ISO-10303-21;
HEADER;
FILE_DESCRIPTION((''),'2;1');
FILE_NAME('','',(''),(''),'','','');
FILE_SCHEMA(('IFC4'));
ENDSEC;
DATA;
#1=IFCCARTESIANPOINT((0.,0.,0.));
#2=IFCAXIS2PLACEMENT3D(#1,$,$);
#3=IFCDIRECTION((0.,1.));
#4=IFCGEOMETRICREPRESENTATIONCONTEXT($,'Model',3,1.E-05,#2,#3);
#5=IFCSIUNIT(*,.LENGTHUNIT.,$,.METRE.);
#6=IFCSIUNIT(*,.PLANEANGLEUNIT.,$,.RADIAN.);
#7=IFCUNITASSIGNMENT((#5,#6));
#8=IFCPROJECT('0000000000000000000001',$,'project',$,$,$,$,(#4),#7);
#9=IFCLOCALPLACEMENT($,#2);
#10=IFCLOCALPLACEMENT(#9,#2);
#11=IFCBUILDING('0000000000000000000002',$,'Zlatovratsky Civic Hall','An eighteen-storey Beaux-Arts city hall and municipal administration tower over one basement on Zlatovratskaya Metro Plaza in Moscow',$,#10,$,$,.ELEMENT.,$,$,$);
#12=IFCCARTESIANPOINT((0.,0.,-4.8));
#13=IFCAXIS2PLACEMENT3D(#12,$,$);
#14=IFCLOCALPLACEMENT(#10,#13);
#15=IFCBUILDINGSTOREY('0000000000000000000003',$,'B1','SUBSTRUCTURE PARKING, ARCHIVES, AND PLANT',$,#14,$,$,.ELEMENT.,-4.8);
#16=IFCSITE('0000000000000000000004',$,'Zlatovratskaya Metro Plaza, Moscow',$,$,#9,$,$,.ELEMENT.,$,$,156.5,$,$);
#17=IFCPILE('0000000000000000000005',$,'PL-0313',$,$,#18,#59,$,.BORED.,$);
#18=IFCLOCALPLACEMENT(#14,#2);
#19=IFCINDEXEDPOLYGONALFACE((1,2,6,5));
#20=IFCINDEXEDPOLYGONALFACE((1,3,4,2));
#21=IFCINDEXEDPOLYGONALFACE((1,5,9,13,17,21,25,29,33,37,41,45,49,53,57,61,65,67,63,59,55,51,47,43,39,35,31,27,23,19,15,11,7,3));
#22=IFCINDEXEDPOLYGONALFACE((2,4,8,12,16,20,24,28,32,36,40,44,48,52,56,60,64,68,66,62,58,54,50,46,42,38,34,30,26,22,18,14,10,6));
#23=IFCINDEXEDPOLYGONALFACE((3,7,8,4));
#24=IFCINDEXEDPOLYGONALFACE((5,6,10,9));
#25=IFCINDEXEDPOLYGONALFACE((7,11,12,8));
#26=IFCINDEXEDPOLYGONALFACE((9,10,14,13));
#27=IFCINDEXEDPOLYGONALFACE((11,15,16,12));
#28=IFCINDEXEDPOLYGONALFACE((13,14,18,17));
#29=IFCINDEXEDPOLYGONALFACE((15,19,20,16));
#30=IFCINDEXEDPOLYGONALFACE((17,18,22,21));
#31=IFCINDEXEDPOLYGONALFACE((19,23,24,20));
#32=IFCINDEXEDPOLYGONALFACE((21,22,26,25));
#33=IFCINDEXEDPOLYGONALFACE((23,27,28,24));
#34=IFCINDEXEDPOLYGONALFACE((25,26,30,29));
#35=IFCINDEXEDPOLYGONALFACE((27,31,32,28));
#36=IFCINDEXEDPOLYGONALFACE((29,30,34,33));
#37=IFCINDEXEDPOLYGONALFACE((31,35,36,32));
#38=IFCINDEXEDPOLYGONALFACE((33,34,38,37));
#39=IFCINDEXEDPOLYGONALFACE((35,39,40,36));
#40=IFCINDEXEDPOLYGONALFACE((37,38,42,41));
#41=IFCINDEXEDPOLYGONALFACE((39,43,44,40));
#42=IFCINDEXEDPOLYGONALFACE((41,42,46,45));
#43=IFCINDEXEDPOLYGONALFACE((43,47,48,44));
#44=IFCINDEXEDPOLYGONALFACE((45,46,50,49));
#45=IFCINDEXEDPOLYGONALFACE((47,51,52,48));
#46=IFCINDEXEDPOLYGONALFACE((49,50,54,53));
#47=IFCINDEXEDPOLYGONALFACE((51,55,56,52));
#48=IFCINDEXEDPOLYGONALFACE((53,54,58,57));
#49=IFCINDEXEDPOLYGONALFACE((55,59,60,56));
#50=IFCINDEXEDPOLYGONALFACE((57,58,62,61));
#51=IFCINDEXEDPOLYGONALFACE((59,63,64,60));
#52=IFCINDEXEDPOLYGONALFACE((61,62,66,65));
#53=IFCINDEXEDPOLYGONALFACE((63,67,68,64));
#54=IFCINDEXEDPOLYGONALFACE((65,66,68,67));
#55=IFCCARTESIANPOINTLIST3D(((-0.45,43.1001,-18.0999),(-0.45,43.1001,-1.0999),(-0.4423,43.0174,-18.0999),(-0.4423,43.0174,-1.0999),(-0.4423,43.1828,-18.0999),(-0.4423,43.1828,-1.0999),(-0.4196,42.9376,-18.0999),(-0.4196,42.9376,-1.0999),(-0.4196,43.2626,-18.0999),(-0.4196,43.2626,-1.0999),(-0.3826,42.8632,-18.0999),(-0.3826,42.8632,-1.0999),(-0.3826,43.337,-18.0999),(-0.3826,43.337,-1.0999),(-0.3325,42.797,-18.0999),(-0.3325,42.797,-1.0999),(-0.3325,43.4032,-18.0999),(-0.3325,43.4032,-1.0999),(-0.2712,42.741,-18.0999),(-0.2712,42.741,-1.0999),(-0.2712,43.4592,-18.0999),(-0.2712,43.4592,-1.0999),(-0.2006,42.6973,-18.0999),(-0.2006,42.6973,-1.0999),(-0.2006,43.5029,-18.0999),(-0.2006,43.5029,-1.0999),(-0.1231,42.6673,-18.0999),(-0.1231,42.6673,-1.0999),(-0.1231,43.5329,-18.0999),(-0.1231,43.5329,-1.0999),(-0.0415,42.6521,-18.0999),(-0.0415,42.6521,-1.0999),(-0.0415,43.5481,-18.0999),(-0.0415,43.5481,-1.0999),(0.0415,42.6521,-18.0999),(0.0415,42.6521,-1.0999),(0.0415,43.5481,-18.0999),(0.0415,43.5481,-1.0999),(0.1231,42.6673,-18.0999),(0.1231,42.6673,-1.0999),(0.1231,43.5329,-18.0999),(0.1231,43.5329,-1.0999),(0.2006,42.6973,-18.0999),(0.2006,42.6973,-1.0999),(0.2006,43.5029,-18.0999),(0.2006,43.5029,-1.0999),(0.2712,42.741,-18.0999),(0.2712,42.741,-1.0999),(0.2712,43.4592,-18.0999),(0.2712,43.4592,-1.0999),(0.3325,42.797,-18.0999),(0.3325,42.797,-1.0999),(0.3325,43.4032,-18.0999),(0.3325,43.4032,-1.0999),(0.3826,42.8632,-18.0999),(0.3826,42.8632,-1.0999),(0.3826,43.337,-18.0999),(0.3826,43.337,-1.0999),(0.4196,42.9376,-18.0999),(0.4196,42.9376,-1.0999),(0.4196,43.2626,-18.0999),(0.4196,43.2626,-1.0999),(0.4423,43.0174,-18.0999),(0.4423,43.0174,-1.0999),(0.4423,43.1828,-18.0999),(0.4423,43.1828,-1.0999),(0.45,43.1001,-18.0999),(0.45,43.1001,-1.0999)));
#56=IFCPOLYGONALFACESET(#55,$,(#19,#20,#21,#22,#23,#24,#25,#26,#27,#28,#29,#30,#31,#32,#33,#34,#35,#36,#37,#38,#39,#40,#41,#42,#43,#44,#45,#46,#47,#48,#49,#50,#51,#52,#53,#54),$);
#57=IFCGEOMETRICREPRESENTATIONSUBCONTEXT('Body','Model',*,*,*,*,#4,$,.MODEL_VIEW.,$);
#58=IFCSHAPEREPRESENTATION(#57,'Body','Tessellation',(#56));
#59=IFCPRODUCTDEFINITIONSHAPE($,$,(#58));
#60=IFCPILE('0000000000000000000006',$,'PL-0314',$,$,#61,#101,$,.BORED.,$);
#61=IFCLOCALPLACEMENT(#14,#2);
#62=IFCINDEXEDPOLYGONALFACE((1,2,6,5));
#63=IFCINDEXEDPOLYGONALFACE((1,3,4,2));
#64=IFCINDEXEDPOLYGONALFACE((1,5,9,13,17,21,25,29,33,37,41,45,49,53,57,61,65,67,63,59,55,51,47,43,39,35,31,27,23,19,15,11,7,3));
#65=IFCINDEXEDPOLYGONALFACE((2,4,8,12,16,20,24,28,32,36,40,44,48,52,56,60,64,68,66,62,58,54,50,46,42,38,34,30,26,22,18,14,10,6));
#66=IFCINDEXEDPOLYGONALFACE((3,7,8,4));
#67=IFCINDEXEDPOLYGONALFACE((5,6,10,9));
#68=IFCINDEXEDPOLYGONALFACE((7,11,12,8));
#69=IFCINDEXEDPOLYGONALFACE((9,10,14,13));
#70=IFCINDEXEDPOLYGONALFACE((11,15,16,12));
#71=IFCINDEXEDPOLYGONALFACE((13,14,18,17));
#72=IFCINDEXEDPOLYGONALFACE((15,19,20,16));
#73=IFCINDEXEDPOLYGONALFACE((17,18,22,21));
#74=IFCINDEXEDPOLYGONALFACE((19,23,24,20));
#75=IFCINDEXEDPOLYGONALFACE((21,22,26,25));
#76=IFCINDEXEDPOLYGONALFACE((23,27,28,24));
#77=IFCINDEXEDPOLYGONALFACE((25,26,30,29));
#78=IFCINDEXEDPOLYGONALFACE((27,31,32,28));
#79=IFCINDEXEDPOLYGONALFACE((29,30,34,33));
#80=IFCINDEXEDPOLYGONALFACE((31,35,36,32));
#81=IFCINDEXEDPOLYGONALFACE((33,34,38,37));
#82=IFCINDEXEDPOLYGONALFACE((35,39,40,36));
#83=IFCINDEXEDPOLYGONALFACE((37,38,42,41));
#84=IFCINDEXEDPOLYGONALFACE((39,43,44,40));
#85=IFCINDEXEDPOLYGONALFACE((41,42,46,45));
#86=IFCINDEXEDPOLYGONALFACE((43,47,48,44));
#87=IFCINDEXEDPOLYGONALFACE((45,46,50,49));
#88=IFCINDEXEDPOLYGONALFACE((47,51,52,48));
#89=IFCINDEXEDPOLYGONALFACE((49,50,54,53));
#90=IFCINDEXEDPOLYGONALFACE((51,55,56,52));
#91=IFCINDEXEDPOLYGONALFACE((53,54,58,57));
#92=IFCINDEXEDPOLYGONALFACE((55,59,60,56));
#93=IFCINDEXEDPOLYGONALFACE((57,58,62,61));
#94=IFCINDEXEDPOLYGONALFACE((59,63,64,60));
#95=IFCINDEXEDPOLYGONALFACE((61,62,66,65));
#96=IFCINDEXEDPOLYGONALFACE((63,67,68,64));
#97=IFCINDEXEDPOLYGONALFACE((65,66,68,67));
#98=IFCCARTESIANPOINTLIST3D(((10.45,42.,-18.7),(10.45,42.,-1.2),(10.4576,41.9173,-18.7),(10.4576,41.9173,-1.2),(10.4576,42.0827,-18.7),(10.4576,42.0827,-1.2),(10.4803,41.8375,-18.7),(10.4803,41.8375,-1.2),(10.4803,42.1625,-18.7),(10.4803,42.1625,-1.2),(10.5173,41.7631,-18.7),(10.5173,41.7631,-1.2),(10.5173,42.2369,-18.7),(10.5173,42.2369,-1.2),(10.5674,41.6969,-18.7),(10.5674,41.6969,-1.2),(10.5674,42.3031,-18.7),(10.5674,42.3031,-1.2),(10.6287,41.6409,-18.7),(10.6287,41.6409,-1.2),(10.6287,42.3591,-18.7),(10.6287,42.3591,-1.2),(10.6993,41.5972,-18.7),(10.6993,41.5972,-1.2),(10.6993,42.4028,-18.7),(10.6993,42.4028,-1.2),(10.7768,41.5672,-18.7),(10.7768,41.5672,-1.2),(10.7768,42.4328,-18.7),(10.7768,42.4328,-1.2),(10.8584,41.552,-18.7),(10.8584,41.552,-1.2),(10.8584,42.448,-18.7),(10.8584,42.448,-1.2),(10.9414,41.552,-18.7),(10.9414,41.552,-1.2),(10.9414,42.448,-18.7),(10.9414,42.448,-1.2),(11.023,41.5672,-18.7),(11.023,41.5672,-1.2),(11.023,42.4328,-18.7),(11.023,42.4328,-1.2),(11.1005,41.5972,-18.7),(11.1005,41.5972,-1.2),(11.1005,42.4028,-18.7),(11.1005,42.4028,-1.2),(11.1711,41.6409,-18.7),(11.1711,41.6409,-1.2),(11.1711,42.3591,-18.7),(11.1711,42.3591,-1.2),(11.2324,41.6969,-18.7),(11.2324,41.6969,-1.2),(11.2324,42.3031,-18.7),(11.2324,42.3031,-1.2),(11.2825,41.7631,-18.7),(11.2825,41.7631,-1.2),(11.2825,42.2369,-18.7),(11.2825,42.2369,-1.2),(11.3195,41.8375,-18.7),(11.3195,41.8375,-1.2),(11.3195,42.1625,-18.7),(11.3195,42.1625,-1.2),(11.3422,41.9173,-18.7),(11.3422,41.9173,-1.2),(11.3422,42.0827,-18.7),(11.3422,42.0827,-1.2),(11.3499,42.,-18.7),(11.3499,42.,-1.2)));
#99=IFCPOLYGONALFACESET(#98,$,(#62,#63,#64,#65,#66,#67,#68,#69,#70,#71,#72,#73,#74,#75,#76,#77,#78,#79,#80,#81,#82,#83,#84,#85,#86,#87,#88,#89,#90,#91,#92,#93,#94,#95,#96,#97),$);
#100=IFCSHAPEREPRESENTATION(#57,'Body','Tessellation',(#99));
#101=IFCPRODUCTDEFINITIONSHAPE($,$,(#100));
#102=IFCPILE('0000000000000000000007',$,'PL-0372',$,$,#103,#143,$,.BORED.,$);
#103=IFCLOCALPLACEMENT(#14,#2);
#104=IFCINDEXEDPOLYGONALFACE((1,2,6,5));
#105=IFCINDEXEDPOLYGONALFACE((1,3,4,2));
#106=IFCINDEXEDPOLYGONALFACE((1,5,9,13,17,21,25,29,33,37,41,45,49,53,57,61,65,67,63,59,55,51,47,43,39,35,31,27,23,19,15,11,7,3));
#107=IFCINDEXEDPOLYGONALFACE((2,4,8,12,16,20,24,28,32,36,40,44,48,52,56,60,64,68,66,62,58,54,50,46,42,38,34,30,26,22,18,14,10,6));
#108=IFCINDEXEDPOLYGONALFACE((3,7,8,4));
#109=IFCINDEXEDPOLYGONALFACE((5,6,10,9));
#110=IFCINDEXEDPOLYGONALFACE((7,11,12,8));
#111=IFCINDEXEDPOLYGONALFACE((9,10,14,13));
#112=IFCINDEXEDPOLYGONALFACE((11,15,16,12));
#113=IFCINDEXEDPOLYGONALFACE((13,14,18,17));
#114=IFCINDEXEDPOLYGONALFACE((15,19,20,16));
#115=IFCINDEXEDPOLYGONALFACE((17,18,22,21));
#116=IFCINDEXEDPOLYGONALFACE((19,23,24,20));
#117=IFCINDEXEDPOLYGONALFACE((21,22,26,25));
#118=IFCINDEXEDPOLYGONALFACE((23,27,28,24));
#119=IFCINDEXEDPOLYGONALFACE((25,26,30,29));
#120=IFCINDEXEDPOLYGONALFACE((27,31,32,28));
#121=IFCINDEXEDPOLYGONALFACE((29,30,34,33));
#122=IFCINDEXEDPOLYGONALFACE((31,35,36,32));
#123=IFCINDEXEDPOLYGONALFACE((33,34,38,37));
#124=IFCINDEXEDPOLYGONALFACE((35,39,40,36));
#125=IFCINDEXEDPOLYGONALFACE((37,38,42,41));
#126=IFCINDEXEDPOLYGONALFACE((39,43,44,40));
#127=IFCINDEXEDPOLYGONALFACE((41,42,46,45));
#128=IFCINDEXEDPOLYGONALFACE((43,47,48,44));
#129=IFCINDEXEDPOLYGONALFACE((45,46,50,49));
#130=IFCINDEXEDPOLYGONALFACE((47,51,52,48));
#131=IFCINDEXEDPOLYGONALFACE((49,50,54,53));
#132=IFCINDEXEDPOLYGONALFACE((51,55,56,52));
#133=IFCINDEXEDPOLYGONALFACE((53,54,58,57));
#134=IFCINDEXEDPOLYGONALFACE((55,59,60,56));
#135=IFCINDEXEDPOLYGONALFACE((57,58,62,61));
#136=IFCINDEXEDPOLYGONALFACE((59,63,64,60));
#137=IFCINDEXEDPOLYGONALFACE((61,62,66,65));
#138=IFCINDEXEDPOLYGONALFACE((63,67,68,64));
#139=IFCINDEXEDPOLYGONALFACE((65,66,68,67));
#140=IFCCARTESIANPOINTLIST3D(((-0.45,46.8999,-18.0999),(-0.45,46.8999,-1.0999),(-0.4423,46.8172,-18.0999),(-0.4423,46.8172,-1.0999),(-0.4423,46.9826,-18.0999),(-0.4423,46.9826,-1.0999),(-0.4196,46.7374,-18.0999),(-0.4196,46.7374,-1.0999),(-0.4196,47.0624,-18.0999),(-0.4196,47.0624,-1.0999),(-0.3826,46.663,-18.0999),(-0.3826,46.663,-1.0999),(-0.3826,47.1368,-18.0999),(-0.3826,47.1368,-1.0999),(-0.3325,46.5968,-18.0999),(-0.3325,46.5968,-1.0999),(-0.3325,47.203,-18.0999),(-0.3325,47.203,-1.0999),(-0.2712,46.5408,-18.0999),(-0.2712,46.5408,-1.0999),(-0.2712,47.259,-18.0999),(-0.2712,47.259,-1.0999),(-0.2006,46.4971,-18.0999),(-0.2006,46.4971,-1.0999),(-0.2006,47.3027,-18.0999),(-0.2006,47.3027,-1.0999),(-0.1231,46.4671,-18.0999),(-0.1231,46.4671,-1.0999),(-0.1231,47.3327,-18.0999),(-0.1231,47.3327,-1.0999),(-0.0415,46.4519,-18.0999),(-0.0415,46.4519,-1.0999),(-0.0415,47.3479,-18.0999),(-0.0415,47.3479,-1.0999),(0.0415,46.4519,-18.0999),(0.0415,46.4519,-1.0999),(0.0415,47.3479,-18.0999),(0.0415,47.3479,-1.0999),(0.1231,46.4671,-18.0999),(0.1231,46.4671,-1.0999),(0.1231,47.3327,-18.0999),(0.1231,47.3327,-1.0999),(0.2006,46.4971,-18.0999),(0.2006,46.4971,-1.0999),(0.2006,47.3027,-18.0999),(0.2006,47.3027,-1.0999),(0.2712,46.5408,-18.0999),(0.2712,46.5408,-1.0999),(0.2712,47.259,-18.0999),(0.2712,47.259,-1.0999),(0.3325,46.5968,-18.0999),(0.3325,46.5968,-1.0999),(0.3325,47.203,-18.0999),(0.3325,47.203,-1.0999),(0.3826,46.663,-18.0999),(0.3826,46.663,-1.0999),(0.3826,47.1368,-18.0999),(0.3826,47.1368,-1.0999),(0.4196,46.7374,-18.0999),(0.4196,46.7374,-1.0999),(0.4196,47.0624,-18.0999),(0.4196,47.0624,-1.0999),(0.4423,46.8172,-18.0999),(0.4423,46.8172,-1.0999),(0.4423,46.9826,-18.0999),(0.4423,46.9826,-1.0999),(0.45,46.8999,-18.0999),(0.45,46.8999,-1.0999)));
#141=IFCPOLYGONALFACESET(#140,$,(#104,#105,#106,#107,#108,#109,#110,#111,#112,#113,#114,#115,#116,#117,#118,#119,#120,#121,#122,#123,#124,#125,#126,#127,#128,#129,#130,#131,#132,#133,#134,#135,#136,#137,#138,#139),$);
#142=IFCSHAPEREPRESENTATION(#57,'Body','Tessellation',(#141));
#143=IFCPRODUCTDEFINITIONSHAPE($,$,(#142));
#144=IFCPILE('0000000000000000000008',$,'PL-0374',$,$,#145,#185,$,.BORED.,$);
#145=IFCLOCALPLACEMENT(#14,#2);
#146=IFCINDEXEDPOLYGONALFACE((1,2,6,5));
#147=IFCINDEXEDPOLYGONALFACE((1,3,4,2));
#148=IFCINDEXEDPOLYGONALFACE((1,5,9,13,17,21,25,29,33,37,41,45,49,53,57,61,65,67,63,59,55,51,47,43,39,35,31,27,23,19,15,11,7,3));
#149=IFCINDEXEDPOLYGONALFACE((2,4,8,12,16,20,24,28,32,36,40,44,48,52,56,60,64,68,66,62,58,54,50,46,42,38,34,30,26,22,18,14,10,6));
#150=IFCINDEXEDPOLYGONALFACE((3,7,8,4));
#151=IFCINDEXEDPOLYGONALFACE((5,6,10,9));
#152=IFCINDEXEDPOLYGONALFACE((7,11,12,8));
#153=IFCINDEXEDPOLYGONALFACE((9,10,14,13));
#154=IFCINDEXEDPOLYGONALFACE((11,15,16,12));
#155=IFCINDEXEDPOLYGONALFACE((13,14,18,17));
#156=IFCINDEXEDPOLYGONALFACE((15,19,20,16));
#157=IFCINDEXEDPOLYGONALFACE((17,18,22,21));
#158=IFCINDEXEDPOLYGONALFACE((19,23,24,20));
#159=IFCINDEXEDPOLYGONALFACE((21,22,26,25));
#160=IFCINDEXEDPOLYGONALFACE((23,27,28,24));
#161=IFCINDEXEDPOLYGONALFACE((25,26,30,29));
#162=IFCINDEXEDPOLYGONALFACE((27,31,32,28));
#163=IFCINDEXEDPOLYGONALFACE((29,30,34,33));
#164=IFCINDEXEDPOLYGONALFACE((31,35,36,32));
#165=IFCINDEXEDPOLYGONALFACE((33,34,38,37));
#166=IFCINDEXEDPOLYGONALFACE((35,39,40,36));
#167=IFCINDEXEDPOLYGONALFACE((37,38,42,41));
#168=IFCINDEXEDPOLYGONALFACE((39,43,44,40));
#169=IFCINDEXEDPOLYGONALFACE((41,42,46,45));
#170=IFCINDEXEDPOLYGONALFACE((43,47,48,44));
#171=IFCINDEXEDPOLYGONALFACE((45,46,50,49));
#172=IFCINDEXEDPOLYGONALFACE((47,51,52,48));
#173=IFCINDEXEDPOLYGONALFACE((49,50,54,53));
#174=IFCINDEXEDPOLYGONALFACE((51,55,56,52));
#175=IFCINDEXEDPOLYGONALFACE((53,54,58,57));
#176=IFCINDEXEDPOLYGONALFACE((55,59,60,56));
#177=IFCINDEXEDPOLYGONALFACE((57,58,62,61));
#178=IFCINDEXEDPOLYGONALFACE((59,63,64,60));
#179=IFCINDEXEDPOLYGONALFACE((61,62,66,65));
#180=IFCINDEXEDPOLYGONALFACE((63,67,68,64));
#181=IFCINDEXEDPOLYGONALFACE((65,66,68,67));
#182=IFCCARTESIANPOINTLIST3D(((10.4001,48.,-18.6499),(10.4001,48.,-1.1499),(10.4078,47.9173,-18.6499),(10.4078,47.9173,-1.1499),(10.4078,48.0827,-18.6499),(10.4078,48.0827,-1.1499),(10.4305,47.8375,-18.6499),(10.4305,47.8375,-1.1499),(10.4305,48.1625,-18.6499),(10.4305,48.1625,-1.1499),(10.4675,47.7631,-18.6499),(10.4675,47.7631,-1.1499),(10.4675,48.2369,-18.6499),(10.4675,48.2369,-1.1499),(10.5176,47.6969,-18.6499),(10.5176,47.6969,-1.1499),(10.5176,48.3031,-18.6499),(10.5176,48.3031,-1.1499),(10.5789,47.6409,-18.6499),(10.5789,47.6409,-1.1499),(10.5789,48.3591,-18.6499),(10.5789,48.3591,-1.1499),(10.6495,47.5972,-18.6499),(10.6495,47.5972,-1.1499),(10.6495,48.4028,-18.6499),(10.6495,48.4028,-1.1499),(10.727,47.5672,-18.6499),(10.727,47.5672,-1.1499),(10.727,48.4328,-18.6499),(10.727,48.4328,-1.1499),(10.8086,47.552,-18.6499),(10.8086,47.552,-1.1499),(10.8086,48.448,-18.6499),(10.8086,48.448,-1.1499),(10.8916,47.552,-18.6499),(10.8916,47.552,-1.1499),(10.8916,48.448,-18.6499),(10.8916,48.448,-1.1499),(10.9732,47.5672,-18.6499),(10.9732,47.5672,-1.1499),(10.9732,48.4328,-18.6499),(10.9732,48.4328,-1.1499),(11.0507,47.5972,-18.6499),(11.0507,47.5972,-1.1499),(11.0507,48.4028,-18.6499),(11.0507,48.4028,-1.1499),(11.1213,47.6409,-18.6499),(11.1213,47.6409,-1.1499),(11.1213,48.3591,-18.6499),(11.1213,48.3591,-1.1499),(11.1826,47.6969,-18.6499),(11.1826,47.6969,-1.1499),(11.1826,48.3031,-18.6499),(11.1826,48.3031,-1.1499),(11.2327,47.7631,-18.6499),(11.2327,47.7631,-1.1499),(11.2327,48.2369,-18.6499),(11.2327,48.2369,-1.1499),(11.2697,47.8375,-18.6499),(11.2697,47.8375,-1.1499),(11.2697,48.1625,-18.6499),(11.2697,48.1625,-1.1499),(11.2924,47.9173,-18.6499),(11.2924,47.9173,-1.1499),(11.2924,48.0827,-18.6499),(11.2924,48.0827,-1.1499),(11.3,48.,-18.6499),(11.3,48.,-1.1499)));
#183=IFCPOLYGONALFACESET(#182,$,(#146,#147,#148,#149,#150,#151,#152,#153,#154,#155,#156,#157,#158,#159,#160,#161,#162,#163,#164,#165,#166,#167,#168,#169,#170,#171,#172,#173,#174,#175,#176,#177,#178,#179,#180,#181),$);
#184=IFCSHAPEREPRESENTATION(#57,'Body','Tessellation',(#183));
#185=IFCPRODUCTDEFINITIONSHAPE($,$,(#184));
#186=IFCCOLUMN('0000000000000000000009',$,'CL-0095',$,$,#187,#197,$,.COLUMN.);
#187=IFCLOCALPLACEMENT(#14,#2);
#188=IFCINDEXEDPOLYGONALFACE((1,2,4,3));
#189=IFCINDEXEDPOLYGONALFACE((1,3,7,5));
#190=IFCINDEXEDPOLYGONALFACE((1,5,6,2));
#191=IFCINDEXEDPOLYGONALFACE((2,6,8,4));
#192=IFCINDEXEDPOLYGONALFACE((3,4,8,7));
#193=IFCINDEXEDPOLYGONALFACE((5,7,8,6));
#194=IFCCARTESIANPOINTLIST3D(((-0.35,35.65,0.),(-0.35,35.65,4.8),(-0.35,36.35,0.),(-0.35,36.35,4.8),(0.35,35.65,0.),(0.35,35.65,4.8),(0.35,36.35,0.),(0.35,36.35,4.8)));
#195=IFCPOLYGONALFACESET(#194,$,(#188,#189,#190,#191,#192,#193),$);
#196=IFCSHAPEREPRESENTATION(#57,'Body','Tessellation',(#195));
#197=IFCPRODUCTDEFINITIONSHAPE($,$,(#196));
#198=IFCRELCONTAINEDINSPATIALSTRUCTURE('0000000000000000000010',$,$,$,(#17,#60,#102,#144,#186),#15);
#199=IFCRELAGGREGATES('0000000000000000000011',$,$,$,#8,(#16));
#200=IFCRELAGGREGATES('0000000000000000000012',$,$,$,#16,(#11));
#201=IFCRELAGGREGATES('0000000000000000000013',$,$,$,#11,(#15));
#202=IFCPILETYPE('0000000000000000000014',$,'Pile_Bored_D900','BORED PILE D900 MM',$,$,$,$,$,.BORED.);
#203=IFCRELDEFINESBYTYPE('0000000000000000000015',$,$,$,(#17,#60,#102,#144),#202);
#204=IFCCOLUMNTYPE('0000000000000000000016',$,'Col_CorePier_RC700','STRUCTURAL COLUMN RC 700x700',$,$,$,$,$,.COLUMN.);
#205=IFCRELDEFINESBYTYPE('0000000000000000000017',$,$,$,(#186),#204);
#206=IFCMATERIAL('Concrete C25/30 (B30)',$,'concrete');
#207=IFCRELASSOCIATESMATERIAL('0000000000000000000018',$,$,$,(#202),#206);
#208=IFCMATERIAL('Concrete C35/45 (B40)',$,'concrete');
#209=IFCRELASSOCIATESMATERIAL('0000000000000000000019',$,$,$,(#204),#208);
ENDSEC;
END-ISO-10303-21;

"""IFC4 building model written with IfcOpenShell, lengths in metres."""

from ifc_helpers import new_model, si_unit, direction, frame, origin, origin_2d, place, context, subcontext, project, spatial, rectangle, circle, extrude, material, material_profile, profile_set, type_object, element, save


model = new_model("IFC4")

# Units and contexts
model_context = context("Model", 3, precision=1e-05, world=origin(), true_north=direction((0.0, 1.0)))
body_context = subcontext(model_context, "Body", "Model", "MODEL_VIEW")
ifc_project = project(units=[si_unit("LENGTHUNIT", "METRE"), si_unit("PLANEANGLEUNIT", "RADIAN")], contexts=[model_context])

# Site, building, storey
site_placement = place(None, origin())
site = spatial("IfcSite", under=ifc_project, at=site_placement, Name="Zlatovratskaya Metro Plaza, Moscow", CompositionType="ELEMENT", RefElevation=156.5)
building_placement = place(site_placement, origin())
building = spatial("IfcBuilding", under=site, at=building_placement, Name="Zlatovratsky Civic Hall", Description="An eighteen-storey Beaux-Arts city hall and municipal administration tower over one basement on Zlatovratskaya Metro Plaza in Moscow", CompositionType="ELEMENT")
storey_placement = place(building_placement, frame((0.0, 0.0, -4.8)))
storey = spatial("IfcBuildingStorey", under=building, at=storey_placement, Name="B1", Description="SUBSTRUCTURE PARKING, ARCHIVES, AND PLANT", CompositionType="ELEMENT", Elevation=-4.8)

# Shared definitions
ifc_material_1 = material(Name="Concrete C25/30 (B30)", Category="concrete")

# Piles
ifc_material_profile_1 = material_profile(ifc_material_1, circle(Radius=0.45, at=origin_2d()), Name="PILE D900")
ifc_profile_set_1 = profile_set([ifc_material_profile_1], Name="Concrete C25/30 (B30)")
pile_type = type_object("IfcPileType", Name="Pile_Bored_D900", Description="BORED PILE D900 MM", PredefinedType="BORED", material=ifc_profile_set_1)
for number, where, z_axis, x_axis, name in (
    (1, (0.0, 43.1001, -1.0999), (0.0, 0.0, -1.0), (1.0, 0.0, 0.0), "PL-0313"),
):
    element("IfcPile", number, at=place(storey_placement, frame(where, z_axis=z_axis, x_axis=x_axis)), inside=storey, type_object=pile_type, Name=name, PredefinedType="BORED", context=body_context, shape_type="SweptSolid", body=[
        extrude(circle(Radius=0.45, at=origin_2d()), origin(), (0.0, 0.0, 1.0), 17.0),
    ])
pile_1_placement = place(storey_placement, frame((10.8999, 42.0, -1.2), z_axis=(0.0, 0.0, -1.0), x_axis=(1.0, 0.0, 0.0)))
element("IfcPile", 2, at=pile_1_placement, inside=storey, type_object=pile_type, Name="PL-0314", PredefinedType="BORED", context=body_context, shape_type="SweptSolid", body=[
    extrude(circle(Radius=0.45, at=origin_2d()), origin(), (0.0, 0.0, 1.0), 17.5),
])
pile_2_placement = place(storey_placement, frame((0.0, 46.8999, -1.0999), z_axis=(0.0, 0.0, -1.0), x_axis=(1.0, 0.0, 0.0)))
element("IfcPile", 3, at=pile_2_placement, inside=storey, type_object=pile_type, Name="PL-0372", PredefinedType="BORED", context=body_context, shape_type="SweptSolid", body=[
    extrude(circle(Radius=0.45, at=origin_2d()), origin(), (0.0, 0.0, 1.0), 17.0),
])
pile_3_placement = place(storey_placement, frame((10.8501, 48.0, -1.1499), z_axis=(0.0, 0.0, -1.0), x_axis=(1.0, 0.0, 0.0)))
element("IfcPile", 4, at=pile_3_placement, inside=storey, type_object=pile_type, Name="PL-0374", PredefinedType="BORED", context=body_context, shape_type="SweptSolid", body=[
    extrude(circle(Radius=0.45, at=origin_2d()), origin(), (0.0, 0.0, 1.0), 17.5),
])

# Column
ifc_material_2 = material(Name="Concrete C35/45 (B40)", Category="concrete")
ifc_material_profile_2 = material_profile(ifc_material_2, rectangle(XDim=0.7, YDim=0.7, at=origin_2d()), Name="RC 700x700")
ifc_profile_set_2 = profile_set([ifc_material_profile_2], Name="Concrete C35/45 (B40)")
column_type = type_object("IfcColumnType", Name="Col_CorePier_RC700", Description="STRUCTURAL COLUMN RC 700x700", PredefinedType="COLUMN", material=ifc_profile_set_2)
for number, where, z_axis, x_axis, name in (
    (5, (0.0, 36.0, 0.0), (0.0, 0.0, 1.0), (1.0, 0.0, 0.0), "CL-0095"),
):
    element("IfcColumn", number, at=place(storey_placement, frame(where, z_axis=z_axis, x_axis=x_axis)), inside=storey, type_object=column_type, Name=name, PredefinedType="COLUMN", context=body_context, shape_type="SweptSolid", body=[
        extrude(rectangle(XDim=0.7, YDim=0.7, at=origin_2d()), origin(), (0.0, 0.0, 1.0), 4.8),
    ])

save(model, "model.ifc")
